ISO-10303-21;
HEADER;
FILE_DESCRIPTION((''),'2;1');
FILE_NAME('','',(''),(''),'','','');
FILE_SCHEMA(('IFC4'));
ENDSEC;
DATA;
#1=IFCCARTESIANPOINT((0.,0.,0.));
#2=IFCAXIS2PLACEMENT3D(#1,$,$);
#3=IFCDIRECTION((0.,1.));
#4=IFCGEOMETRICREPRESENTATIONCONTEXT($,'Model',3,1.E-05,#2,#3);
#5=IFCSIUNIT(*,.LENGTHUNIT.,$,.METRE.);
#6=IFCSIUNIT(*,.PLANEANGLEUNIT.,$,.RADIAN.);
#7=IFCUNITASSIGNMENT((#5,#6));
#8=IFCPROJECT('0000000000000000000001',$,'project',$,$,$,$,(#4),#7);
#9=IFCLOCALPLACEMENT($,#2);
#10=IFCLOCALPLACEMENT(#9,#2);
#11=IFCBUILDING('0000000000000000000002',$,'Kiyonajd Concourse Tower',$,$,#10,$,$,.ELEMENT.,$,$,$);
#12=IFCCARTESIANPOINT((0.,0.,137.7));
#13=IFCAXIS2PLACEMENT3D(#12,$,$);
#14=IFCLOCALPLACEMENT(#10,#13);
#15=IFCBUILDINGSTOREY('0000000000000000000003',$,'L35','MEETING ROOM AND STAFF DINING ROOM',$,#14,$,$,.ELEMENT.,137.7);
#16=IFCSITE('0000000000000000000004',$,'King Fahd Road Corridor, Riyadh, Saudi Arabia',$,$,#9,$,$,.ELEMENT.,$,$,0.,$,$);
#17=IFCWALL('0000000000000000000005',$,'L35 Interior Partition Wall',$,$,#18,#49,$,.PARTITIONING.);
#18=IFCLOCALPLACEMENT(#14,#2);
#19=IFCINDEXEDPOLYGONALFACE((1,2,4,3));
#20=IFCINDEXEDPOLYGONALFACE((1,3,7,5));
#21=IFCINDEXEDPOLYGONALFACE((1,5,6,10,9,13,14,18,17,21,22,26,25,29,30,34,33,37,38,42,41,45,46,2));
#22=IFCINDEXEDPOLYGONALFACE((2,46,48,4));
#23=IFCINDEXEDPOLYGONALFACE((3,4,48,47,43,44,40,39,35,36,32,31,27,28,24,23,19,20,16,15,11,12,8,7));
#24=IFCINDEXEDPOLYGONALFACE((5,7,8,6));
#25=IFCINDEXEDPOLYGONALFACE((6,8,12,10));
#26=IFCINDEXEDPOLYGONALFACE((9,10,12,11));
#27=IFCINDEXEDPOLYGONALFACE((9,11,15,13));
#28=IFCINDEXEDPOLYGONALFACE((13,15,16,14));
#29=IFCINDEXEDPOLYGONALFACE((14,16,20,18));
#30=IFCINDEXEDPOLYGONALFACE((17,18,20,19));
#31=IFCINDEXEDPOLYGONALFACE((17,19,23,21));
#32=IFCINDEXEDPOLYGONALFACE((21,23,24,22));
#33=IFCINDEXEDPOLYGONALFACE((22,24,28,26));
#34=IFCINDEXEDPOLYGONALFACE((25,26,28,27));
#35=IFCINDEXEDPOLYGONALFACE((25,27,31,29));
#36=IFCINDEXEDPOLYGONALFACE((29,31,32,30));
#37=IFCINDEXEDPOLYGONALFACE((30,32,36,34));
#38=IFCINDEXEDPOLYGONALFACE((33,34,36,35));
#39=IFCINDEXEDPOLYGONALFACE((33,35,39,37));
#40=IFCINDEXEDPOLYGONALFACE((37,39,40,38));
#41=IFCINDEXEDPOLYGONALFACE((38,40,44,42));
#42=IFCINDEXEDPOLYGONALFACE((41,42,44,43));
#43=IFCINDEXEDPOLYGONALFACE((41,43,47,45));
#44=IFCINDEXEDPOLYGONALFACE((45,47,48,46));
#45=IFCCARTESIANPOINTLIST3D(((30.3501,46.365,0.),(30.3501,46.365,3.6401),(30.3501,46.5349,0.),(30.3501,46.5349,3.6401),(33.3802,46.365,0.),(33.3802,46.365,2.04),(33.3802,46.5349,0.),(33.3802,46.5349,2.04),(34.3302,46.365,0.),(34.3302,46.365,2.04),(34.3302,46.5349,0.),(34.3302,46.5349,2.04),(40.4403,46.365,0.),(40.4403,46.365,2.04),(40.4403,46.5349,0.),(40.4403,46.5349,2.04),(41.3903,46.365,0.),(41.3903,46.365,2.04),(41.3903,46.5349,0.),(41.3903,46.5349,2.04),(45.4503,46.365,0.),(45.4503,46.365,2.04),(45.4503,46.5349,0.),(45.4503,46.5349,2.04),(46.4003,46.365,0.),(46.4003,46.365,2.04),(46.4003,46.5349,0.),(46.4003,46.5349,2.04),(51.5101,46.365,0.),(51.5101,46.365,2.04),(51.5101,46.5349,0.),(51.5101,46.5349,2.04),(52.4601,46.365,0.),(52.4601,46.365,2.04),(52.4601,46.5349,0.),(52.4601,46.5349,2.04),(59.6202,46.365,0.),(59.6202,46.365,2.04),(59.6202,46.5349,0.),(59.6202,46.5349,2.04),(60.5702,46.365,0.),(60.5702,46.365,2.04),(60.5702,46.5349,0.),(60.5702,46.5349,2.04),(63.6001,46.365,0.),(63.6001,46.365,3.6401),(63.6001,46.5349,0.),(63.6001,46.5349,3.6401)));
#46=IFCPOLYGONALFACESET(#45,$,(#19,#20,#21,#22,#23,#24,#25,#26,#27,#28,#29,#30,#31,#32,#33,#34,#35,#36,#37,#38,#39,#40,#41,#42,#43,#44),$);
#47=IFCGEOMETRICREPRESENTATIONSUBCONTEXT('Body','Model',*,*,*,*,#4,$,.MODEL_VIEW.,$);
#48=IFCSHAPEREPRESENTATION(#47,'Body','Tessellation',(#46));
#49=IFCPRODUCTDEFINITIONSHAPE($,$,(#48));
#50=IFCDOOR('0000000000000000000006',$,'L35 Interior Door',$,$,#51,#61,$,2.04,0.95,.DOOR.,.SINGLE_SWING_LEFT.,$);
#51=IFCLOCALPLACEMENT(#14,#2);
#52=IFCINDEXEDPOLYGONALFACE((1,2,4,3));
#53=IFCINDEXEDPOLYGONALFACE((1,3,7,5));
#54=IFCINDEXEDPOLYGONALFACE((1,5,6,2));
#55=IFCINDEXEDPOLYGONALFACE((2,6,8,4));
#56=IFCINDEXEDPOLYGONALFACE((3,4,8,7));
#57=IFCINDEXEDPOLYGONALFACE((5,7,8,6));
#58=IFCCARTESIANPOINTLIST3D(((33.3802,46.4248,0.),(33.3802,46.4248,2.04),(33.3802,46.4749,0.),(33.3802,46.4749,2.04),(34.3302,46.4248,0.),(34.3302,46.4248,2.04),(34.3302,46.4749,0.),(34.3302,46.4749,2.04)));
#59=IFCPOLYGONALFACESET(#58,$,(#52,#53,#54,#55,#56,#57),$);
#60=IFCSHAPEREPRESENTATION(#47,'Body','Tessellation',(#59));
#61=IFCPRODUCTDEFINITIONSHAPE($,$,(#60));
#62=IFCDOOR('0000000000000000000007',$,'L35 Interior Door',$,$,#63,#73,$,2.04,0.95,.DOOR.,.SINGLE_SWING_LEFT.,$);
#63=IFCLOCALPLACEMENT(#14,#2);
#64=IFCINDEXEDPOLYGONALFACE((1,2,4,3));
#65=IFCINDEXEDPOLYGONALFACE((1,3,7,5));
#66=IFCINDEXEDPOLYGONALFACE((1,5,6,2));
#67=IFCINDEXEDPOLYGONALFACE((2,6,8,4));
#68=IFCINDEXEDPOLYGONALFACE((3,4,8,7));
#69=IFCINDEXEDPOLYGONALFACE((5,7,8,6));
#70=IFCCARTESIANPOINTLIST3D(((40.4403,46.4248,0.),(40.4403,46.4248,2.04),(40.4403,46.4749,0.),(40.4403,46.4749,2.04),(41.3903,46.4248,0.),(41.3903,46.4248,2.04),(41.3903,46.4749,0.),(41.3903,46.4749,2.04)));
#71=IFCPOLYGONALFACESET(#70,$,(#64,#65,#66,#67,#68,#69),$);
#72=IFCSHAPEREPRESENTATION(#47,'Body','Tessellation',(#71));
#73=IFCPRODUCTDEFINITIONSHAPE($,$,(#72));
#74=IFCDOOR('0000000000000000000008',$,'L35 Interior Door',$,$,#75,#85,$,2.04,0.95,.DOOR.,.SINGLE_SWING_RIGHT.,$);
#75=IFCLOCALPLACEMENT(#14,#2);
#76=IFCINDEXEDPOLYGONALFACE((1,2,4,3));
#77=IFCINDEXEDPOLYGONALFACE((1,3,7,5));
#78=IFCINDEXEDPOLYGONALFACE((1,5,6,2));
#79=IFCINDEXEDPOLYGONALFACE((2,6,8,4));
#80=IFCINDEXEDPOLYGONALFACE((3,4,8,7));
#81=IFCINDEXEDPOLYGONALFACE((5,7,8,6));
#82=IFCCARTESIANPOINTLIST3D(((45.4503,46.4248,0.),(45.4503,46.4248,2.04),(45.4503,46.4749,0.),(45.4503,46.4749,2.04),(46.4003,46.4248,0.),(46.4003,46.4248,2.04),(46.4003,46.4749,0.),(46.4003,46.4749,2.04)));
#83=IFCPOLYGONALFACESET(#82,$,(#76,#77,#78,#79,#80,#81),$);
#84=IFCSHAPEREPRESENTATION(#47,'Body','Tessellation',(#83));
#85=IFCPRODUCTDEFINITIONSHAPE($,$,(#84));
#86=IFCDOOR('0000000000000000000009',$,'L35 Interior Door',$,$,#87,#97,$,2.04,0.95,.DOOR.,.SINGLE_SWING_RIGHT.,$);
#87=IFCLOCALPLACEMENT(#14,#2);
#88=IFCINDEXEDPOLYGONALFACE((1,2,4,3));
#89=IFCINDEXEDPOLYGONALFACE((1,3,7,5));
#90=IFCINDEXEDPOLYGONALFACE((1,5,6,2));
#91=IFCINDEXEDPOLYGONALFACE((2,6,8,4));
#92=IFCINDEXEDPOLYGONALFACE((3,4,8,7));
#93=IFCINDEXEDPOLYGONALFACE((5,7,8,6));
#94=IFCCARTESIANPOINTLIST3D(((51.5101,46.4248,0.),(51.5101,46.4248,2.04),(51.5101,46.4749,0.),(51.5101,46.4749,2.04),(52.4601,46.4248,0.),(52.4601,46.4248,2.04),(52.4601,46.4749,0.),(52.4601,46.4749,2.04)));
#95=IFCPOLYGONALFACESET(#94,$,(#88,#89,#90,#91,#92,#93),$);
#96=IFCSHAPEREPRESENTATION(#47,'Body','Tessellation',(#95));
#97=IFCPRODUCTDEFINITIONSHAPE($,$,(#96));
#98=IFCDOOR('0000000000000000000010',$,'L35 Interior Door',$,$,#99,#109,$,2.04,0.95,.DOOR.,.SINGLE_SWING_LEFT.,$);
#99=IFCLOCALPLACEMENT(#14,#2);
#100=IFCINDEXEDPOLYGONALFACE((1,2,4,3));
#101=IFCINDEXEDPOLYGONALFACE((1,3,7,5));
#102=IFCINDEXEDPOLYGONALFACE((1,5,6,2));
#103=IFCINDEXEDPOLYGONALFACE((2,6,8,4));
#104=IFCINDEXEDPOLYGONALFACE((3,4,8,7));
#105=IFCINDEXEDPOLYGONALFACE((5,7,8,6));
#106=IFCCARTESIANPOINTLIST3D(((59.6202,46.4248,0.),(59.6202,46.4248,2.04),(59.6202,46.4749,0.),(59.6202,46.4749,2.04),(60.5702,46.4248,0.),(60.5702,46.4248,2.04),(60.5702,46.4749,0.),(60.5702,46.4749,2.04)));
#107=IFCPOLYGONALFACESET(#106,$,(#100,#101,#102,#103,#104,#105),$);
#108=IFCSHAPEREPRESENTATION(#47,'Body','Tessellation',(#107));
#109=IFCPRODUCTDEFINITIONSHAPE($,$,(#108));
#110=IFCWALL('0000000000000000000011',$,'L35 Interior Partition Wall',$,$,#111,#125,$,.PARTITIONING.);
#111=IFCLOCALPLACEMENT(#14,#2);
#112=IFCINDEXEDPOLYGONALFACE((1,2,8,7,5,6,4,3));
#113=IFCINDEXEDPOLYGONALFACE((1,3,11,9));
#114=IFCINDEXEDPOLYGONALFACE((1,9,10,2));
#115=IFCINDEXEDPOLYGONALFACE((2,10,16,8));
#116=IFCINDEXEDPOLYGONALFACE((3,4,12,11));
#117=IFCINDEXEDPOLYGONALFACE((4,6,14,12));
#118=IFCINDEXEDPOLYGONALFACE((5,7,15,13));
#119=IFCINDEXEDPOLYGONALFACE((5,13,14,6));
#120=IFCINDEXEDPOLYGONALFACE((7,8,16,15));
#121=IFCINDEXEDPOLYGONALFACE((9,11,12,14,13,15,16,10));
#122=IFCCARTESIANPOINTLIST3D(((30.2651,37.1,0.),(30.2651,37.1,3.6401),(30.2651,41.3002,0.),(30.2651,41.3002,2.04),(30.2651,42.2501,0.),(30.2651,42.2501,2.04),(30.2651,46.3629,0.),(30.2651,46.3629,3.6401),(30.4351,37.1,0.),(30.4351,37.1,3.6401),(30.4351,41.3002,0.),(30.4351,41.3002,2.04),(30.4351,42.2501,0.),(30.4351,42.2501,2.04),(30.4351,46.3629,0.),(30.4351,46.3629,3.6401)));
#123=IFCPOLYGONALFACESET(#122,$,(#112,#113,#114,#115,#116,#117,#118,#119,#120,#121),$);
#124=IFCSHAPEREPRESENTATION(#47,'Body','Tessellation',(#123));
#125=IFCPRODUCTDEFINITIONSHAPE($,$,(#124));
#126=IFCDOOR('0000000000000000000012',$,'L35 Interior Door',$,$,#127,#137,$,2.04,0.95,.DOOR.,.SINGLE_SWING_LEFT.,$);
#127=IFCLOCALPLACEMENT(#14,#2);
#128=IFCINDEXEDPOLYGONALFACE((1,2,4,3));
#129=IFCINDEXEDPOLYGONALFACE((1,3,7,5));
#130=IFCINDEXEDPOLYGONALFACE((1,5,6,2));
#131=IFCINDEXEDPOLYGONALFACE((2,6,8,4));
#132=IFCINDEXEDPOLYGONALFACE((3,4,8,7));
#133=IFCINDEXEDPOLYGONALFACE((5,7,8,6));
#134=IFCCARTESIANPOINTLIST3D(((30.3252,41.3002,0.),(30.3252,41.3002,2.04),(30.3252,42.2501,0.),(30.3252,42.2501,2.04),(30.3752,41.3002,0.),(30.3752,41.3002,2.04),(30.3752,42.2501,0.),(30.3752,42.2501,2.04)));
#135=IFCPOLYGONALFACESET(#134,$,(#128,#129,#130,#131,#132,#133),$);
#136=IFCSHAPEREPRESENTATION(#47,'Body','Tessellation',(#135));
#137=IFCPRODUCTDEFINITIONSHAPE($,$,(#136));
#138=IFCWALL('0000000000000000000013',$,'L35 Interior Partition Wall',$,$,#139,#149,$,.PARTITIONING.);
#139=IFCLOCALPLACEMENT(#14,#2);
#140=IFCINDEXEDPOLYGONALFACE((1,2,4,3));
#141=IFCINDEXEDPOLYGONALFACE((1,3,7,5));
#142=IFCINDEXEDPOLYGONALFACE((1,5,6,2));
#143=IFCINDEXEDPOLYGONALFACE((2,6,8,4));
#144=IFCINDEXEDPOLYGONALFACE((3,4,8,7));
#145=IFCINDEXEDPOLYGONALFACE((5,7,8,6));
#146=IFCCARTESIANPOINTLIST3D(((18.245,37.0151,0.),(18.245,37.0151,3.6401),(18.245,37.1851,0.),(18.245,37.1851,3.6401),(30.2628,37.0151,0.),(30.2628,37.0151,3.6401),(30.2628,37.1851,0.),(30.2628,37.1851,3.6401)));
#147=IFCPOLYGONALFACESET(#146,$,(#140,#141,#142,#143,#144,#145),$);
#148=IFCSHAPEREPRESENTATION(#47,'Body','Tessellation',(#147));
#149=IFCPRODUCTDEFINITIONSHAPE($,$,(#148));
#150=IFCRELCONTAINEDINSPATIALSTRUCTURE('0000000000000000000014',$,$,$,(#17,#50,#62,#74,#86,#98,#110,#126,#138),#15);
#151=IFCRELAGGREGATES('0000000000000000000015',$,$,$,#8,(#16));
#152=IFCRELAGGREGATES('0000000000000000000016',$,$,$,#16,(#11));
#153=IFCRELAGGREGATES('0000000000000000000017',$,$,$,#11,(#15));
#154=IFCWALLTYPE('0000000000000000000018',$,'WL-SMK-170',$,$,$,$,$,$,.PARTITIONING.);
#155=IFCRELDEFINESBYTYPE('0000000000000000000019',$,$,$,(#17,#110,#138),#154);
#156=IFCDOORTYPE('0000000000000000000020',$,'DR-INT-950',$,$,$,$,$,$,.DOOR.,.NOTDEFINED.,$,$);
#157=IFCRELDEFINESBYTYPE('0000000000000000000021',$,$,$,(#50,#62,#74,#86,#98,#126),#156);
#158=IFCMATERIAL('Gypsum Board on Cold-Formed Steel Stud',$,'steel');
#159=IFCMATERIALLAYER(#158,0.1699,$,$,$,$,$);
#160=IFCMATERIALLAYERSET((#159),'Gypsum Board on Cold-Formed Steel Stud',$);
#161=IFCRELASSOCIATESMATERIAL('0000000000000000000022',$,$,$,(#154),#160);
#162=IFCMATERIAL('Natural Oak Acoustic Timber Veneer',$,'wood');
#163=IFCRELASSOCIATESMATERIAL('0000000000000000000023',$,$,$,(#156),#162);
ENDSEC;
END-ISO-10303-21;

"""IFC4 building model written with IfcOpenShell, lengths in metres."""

from ifc_helpers import new_model, si_unit, direction, frame, frame_2d, origin, place, context, subcontext, project, spatial, rectangle, extrude, material, layer, layer_set, type_object, element, fill, save


model = new_model("IFC4")

# Units and contexts
model_context = context("Model", 3, precision=1e-05, world=origin(), true_north=direction((0.0, 1.0)))
body_context = subcontext(model_context, "Body", "Model", "MODEL_VIEW")
ifc_project = project(units=[si_unit("LENGTHUNIT", "METRE"), si_unit("PLANEANGLEUNIT", "RADIAN")], contexts=[model_context])

# Site, building, storey
site_placement = place(None, origin())
site = spatial("IfcSite", under=ifc_project, at=site_placement, Name="King Fahd Road Corridor, Riyadh, Saudi Arabia", CompositionType="ELEMENT", RefElevation=0.0)
building_placement = place(site_placement, origin())
building = spatial("IfcBuilding", under=site, at=building_placement, Name="Kiyonajd Concourse Tower", CompositionType="ELEMENT")
storey_placement = place(building_placement, frame((0.0, 0.0, 137.7)))
storey = spatial("IfcBuildingStorey", under=building, at=storey_placement, Name="L35", Description="MEETING ROOM AND STAFF DINING ROOM", CompositionType="ELEMENT", Elevation=137.7)

# Wall, openings, doors
ifc_material_1 = material(Name="Gypsum Board on Cold-Formed Steel Stud", Category="steel")
ifc_layer_1 = layer(ifc_material_1, 0.1699)
ifc_layer_set_1 = layer_set([ifc_layer_1], Name="Gypsum Board on Cold-Formed Steel Stud")
wall_type = type_object("IfcWallType", Name="WL-SMK-170", PredefinedType="PARTITIONING", material=ifc_layer_set_1)
wall_1_placement = place(storey_placement, frame((30.3501, 46.45, 0.0), z_axis=(0.0, 0.0, 1.0), x_axis=(1.0, 0.0, 0.0)))
wall_1 = element("IfcWall", 1, at=wall_1_placement, inside=storey, type_object=wall_type, Name="L35 Interior Partition Wall", PredefinedType="PARTITIONING", context=body_context, shape_type="SweptSolid", body=[
    extrude(rectangle(XDim=33.25, YDim=0.1699, at=frame_2d((16.625, 0.0))), origin(), (0.0, 0.0, 1.0), 3.6401),
])
opening_1_placement = place(wall_1_placement, frame((3.03, 0.0, 0.0)))
opening_1 = element("IfcOpeningElement", 2, at=opening_1_placement, cuts=wall_1, PredefinedType="OPENING", context=body_context, shape_type="SweptSolid", body=[
    extrude(rectangle(XDim=0.95, YDim=2.04, at=frame_2d((0.4751, 1.02))), frame((0.0, 0.095, 0.0), z_axis=(0.0, -1.0, 0.0), x_axis=(1.0, 0.0, 0.0)), (0.0, 0.0, 1.0), 0.1899),
])
opening_2_placement = place(wall_1_placement, frame((10.0901, 0.0, 0.0)))
opening_2 = element("IfcOpeningElement", 3, at=opening_2_placement, cuts=wall_1, PredefinedType="OPENING", context=body_context, shape_type="SweptSolid", body=[
    extrude(rectangle(XDim=0.95, YDim=2.04, at=frame_2d((0.4751, 1.02))), frame((0.0, 0.095, 0.0), z_axis=(0.0, -1.0, 0.0), x_axis=(1.0, 0.0, 0.0)), (0.0, 0.0, 1.0), 0.1899),
])
opening_3_placement = place(wall_1_placement, frame((15.1001, 0.0, 0.0)))
opening_3 = element("IfcOpeningElement", 4, at=opening_3_placement, cuts=wall_1, PredefinedType="OPENING", context=body_context, shape_type="SweptSolid", body=[
    extrude(rectangle(XDim=0.95, YDim=2.04, at=frame_2d((0.4751, 1.02))), frame((0.0, 0.095, 0.0), z_axis=(0.0, -1.0, 0.0), x_axis=(1.0, 0.0, 0.0)), (0.0, 0.0, 1.0), 0.1899),
])
opening_4_placement = place(wall_1_placement, frame((21.1599, 0.0, 0.0)))
opening_4 = element("IfcOpeningElement", 5, at=opening_4_placement, cuts=wall_1, PredefinedType="OPENING", context=body_context, shape_type="SweptSolid", body=[
    extrude(rectangle(XDim=0.95, YDim=2.04, at=frame_2d((0.4751, 1.02))), frame((0.0, 0.095, 0.0), z_axis=(0.0, -1.0, 0.0), x_axis=(1.0, 0.0, 0.0)), (0.0, 0.0, 1.0), 0.1899),
])
opening_5_placement = place(wall_1_placement, frame((29.27, 0.0, 0.0)))
opening_5 = element("IfcOpeningElement", 6, at=opening_5_placement, cuts=wall_1, PredefinedType="OPENING", context=body_context, shape_type="SweptSolid", body=[
    extrude(rectangle(XDim=0.95, YDim=2.04, at=frame_2d((0.4751, 1.02))), frame((0.0, 0.095, 0.0), z_axis=(0.0, -1.0, 0.0), x_axis=(1.0, 0.0, 0.0)), (0.0, 0.0, 1.0), 0.1899),
])
ifc_material_2 = material(Name="Natural Oak Acoustic Timber Veneer", Category="wood")
door_type = type_object("IfcDoorType", Name="DR-INT-950", OperationType="NOTDEFINED", PredefinedType="DOOR", material=ifc_material_2)
door_1_placement = place(opening_1_placement, origin())
door_1 = element("IfcDoor", 7, at=door_1_placement, inside=storey, type_object=door_type, Name="L35 Interior Door", OperationType="SINGLE_SWING_LEFT", OverallHeight=2.04, OverallWidth=0.95, PredefinedType="DOOR", context=body_context, shape_type="SweptSolid", body=[
    extrude(rectangle(XDim=0.95, YDim=2.04, at=frame_2d((0.4751, 1.02))), frame((0.0, 0.0249, 0.0), z_axis=(0.0, -1.0, 0.0), x_axis=(1.0, 0.0, 0.0)), (0.0, 0.0, 1.0), 0.05),
])
fill(opening_1, door_1)
door_2_placement = place(opening_2_placement, origin())
door_2 = element("IfcDoor", 8, at=door_2_placement, inside=storey, type_object=door_type, Name="L35 Interior Door", OperationType="SINGLE_SWING_LEFT", OverallHeight=2.04, OverallWidth=0.95, PredefinedType="DOOR", context=body_context, shape_type="SweptSolid", body=[
    extrude(rectangle(XDim=0.95, YDim=2.04, at=frame_2d((0.4751, 1.02))), frame((0.0, 0.0249, 0.0), z_axis=(0.0, -1.0, 0.0), x_axis=(1.0, 0.0, 0.0)), (0.0, 0.0, 1.0), 0.05),
])
fill(opening_2, door_2)
door_3_placement = place(opening_3_placement, origin())
door_3 = element("IfcDoor", 9, at=door_3_placement, inside=storey, type_object=door_type, Name="L35 Interior Door", OperationType="SINGLE_SWING_RIGHT", OverallHeight=2.04, OverallWidth=0.95, PredefinedType="DOOR", context=body_context, shape_type="SweptSolid", body=[
    extrude(rectangle(XDim=0.95, YDim=2.04, at=frame_2d((0.4751, 1.02))), frame((0.0, 0.0249, 0.0), z_axis=(0.0, -1.0, 0.0), x_axis=(1.0, 0.0, 0.0)), (0.0, 0.0, 1.0), 0.05),
])
fill(opening_3, door_3)
door_4_placement = place(opening_4_placement, origin())
door_4 = element("IfcDoor", 10, at=door_4_placement, inside=storey, type_object=door_type, Name="L35 Interior Door", OperationType="SINGLE_SWING_RIGHT", OverallHeight=2.04, OverallWidth=0.95, PredefinedType="DOOR", context=body_context, shape_type="SweptSolid", body=[
    extrude(rectangle(XDim=0.95, YDim=2.04, at=frame_2d((0.4751, 1.02))), frame((0.0, 0.0249, 0.0), z_axis=(0.0, -1.0, 0.0), x_axis=(1.0, 0.0, 0.0)), (0.0, 0.0, 1.0), 0.05),
])
fill(opening_4, door_4)
door_5_placement = place(opening_5_placement, origin())
door_5 = element("IfcDoor", 11, at=door_5_placement, inside=storey, type_object=door_type, Name="L35 Interior Door", OperationType="SINGLE_SWING_LEFT", OverallHeight=2.04, OverallWidth=0.95, PredefinedType="DOOR", context=body_context, shape_type="SweptSolid", body=[
    extrude(rectangle(XDim=0.95, YDim=2.04, at=frame_2d((0.4751, 1.02))), frame((0.0, 0.0249, 0.0), z_axis=(0.0, -1.0, 0.0), x_axis=(1.0, 0.0, 0.0)), (0.0, 0.0, 1.0), 0.05),
])
fill(opening_5, door_5)

# Wall, opening, door
wall_2_placement = place(storey_placement, frame((30.3501, 37.1001, 0.0), z_axis=(0.0, 0.0, 1.0), x_axis=(0.0, 1.0, 0.0)))
wall_2 = element("IfcWall", 12, at=wall_2_placement, inside=storey, type_object=wall_type, Name="L35 Interior Partition Wall", PredefinedType="PARTITIONING", context=body_context, shape_type="SweptSolid", body=[
    extrude(rectangle(XDim=9.2629, YDim=0.1699, at=frame_2d((4.6313, 0.0))), origin(), (0.0, 0.0, 1.0), 3.6401),
])
opening_6_placement = place(wall_2_placement, frame((4.2, 0.0, 0.0)))
opening_6 = element("IfcOpeningElement", 13, at=opening_6_placement, cuts=wall_2, PredefinedType="OPENING", context=body_context, shape_type="SweptSolid", body=[
    extrude(rectangle(XDim=0.95, YDim=2.04, at=frame_2d((0.4751, 1.02))), frame((0.0, 0.095, 0.0), z_axis=(0.0, -1.0, 0.0), x_axis=(1.0, 0.0, 0.0)), (0.0, 0.0, 1.0), 0.1899),
])
door_6_placement = place(opening_6_placement, origin())
door_6 = element("IfcDoor", 14, at=door_6_placement, inside=storey, type_object=door_type, Name="L35 Interior Door", OperationType="SINGLE_SWING_LEFT", OverallHeight=2.04, OverallWidth=0.95, PredefinedType="DOOR", context=body_context, shape_type="SweptSolid", body=[
    extrude(rectangle(XDim=0.95, YDim=2.04, at=frame_2d((0.4751, 1.02))), frame((0.0, 0.0249, 0.0), z_axis=(0.0, -1.0, 0.0), x_axis=(1.0, 0.0, 0.0)), (0.0, 0.0, 1.0), 0.05),
])
fill(opening_6, door_6)

# Wall
wall_3_placement = place(storey_placement, frame((18.2451, 37.1001, 0.0), z_axis=(0.0, 0.0, 1.0), x_axis=(1.0, 0.0, 0.0)))
element("IfcWall", 15, at=wall_3_placement, inside=storey, type_object=wall_type, Name="L35 Interior Partition Wall", PredefinedType="PARTITIONING", context=body_context, shape_type="SweptSolid", body=[
    extrude(rectangle(XDim=12.0178, YDim=0.1699, at=frame_2d((6.0088, 0.0))), origin(), (0.0, 0.0, 1.0), 3.6401),
])

save(model, "model.ifc")
